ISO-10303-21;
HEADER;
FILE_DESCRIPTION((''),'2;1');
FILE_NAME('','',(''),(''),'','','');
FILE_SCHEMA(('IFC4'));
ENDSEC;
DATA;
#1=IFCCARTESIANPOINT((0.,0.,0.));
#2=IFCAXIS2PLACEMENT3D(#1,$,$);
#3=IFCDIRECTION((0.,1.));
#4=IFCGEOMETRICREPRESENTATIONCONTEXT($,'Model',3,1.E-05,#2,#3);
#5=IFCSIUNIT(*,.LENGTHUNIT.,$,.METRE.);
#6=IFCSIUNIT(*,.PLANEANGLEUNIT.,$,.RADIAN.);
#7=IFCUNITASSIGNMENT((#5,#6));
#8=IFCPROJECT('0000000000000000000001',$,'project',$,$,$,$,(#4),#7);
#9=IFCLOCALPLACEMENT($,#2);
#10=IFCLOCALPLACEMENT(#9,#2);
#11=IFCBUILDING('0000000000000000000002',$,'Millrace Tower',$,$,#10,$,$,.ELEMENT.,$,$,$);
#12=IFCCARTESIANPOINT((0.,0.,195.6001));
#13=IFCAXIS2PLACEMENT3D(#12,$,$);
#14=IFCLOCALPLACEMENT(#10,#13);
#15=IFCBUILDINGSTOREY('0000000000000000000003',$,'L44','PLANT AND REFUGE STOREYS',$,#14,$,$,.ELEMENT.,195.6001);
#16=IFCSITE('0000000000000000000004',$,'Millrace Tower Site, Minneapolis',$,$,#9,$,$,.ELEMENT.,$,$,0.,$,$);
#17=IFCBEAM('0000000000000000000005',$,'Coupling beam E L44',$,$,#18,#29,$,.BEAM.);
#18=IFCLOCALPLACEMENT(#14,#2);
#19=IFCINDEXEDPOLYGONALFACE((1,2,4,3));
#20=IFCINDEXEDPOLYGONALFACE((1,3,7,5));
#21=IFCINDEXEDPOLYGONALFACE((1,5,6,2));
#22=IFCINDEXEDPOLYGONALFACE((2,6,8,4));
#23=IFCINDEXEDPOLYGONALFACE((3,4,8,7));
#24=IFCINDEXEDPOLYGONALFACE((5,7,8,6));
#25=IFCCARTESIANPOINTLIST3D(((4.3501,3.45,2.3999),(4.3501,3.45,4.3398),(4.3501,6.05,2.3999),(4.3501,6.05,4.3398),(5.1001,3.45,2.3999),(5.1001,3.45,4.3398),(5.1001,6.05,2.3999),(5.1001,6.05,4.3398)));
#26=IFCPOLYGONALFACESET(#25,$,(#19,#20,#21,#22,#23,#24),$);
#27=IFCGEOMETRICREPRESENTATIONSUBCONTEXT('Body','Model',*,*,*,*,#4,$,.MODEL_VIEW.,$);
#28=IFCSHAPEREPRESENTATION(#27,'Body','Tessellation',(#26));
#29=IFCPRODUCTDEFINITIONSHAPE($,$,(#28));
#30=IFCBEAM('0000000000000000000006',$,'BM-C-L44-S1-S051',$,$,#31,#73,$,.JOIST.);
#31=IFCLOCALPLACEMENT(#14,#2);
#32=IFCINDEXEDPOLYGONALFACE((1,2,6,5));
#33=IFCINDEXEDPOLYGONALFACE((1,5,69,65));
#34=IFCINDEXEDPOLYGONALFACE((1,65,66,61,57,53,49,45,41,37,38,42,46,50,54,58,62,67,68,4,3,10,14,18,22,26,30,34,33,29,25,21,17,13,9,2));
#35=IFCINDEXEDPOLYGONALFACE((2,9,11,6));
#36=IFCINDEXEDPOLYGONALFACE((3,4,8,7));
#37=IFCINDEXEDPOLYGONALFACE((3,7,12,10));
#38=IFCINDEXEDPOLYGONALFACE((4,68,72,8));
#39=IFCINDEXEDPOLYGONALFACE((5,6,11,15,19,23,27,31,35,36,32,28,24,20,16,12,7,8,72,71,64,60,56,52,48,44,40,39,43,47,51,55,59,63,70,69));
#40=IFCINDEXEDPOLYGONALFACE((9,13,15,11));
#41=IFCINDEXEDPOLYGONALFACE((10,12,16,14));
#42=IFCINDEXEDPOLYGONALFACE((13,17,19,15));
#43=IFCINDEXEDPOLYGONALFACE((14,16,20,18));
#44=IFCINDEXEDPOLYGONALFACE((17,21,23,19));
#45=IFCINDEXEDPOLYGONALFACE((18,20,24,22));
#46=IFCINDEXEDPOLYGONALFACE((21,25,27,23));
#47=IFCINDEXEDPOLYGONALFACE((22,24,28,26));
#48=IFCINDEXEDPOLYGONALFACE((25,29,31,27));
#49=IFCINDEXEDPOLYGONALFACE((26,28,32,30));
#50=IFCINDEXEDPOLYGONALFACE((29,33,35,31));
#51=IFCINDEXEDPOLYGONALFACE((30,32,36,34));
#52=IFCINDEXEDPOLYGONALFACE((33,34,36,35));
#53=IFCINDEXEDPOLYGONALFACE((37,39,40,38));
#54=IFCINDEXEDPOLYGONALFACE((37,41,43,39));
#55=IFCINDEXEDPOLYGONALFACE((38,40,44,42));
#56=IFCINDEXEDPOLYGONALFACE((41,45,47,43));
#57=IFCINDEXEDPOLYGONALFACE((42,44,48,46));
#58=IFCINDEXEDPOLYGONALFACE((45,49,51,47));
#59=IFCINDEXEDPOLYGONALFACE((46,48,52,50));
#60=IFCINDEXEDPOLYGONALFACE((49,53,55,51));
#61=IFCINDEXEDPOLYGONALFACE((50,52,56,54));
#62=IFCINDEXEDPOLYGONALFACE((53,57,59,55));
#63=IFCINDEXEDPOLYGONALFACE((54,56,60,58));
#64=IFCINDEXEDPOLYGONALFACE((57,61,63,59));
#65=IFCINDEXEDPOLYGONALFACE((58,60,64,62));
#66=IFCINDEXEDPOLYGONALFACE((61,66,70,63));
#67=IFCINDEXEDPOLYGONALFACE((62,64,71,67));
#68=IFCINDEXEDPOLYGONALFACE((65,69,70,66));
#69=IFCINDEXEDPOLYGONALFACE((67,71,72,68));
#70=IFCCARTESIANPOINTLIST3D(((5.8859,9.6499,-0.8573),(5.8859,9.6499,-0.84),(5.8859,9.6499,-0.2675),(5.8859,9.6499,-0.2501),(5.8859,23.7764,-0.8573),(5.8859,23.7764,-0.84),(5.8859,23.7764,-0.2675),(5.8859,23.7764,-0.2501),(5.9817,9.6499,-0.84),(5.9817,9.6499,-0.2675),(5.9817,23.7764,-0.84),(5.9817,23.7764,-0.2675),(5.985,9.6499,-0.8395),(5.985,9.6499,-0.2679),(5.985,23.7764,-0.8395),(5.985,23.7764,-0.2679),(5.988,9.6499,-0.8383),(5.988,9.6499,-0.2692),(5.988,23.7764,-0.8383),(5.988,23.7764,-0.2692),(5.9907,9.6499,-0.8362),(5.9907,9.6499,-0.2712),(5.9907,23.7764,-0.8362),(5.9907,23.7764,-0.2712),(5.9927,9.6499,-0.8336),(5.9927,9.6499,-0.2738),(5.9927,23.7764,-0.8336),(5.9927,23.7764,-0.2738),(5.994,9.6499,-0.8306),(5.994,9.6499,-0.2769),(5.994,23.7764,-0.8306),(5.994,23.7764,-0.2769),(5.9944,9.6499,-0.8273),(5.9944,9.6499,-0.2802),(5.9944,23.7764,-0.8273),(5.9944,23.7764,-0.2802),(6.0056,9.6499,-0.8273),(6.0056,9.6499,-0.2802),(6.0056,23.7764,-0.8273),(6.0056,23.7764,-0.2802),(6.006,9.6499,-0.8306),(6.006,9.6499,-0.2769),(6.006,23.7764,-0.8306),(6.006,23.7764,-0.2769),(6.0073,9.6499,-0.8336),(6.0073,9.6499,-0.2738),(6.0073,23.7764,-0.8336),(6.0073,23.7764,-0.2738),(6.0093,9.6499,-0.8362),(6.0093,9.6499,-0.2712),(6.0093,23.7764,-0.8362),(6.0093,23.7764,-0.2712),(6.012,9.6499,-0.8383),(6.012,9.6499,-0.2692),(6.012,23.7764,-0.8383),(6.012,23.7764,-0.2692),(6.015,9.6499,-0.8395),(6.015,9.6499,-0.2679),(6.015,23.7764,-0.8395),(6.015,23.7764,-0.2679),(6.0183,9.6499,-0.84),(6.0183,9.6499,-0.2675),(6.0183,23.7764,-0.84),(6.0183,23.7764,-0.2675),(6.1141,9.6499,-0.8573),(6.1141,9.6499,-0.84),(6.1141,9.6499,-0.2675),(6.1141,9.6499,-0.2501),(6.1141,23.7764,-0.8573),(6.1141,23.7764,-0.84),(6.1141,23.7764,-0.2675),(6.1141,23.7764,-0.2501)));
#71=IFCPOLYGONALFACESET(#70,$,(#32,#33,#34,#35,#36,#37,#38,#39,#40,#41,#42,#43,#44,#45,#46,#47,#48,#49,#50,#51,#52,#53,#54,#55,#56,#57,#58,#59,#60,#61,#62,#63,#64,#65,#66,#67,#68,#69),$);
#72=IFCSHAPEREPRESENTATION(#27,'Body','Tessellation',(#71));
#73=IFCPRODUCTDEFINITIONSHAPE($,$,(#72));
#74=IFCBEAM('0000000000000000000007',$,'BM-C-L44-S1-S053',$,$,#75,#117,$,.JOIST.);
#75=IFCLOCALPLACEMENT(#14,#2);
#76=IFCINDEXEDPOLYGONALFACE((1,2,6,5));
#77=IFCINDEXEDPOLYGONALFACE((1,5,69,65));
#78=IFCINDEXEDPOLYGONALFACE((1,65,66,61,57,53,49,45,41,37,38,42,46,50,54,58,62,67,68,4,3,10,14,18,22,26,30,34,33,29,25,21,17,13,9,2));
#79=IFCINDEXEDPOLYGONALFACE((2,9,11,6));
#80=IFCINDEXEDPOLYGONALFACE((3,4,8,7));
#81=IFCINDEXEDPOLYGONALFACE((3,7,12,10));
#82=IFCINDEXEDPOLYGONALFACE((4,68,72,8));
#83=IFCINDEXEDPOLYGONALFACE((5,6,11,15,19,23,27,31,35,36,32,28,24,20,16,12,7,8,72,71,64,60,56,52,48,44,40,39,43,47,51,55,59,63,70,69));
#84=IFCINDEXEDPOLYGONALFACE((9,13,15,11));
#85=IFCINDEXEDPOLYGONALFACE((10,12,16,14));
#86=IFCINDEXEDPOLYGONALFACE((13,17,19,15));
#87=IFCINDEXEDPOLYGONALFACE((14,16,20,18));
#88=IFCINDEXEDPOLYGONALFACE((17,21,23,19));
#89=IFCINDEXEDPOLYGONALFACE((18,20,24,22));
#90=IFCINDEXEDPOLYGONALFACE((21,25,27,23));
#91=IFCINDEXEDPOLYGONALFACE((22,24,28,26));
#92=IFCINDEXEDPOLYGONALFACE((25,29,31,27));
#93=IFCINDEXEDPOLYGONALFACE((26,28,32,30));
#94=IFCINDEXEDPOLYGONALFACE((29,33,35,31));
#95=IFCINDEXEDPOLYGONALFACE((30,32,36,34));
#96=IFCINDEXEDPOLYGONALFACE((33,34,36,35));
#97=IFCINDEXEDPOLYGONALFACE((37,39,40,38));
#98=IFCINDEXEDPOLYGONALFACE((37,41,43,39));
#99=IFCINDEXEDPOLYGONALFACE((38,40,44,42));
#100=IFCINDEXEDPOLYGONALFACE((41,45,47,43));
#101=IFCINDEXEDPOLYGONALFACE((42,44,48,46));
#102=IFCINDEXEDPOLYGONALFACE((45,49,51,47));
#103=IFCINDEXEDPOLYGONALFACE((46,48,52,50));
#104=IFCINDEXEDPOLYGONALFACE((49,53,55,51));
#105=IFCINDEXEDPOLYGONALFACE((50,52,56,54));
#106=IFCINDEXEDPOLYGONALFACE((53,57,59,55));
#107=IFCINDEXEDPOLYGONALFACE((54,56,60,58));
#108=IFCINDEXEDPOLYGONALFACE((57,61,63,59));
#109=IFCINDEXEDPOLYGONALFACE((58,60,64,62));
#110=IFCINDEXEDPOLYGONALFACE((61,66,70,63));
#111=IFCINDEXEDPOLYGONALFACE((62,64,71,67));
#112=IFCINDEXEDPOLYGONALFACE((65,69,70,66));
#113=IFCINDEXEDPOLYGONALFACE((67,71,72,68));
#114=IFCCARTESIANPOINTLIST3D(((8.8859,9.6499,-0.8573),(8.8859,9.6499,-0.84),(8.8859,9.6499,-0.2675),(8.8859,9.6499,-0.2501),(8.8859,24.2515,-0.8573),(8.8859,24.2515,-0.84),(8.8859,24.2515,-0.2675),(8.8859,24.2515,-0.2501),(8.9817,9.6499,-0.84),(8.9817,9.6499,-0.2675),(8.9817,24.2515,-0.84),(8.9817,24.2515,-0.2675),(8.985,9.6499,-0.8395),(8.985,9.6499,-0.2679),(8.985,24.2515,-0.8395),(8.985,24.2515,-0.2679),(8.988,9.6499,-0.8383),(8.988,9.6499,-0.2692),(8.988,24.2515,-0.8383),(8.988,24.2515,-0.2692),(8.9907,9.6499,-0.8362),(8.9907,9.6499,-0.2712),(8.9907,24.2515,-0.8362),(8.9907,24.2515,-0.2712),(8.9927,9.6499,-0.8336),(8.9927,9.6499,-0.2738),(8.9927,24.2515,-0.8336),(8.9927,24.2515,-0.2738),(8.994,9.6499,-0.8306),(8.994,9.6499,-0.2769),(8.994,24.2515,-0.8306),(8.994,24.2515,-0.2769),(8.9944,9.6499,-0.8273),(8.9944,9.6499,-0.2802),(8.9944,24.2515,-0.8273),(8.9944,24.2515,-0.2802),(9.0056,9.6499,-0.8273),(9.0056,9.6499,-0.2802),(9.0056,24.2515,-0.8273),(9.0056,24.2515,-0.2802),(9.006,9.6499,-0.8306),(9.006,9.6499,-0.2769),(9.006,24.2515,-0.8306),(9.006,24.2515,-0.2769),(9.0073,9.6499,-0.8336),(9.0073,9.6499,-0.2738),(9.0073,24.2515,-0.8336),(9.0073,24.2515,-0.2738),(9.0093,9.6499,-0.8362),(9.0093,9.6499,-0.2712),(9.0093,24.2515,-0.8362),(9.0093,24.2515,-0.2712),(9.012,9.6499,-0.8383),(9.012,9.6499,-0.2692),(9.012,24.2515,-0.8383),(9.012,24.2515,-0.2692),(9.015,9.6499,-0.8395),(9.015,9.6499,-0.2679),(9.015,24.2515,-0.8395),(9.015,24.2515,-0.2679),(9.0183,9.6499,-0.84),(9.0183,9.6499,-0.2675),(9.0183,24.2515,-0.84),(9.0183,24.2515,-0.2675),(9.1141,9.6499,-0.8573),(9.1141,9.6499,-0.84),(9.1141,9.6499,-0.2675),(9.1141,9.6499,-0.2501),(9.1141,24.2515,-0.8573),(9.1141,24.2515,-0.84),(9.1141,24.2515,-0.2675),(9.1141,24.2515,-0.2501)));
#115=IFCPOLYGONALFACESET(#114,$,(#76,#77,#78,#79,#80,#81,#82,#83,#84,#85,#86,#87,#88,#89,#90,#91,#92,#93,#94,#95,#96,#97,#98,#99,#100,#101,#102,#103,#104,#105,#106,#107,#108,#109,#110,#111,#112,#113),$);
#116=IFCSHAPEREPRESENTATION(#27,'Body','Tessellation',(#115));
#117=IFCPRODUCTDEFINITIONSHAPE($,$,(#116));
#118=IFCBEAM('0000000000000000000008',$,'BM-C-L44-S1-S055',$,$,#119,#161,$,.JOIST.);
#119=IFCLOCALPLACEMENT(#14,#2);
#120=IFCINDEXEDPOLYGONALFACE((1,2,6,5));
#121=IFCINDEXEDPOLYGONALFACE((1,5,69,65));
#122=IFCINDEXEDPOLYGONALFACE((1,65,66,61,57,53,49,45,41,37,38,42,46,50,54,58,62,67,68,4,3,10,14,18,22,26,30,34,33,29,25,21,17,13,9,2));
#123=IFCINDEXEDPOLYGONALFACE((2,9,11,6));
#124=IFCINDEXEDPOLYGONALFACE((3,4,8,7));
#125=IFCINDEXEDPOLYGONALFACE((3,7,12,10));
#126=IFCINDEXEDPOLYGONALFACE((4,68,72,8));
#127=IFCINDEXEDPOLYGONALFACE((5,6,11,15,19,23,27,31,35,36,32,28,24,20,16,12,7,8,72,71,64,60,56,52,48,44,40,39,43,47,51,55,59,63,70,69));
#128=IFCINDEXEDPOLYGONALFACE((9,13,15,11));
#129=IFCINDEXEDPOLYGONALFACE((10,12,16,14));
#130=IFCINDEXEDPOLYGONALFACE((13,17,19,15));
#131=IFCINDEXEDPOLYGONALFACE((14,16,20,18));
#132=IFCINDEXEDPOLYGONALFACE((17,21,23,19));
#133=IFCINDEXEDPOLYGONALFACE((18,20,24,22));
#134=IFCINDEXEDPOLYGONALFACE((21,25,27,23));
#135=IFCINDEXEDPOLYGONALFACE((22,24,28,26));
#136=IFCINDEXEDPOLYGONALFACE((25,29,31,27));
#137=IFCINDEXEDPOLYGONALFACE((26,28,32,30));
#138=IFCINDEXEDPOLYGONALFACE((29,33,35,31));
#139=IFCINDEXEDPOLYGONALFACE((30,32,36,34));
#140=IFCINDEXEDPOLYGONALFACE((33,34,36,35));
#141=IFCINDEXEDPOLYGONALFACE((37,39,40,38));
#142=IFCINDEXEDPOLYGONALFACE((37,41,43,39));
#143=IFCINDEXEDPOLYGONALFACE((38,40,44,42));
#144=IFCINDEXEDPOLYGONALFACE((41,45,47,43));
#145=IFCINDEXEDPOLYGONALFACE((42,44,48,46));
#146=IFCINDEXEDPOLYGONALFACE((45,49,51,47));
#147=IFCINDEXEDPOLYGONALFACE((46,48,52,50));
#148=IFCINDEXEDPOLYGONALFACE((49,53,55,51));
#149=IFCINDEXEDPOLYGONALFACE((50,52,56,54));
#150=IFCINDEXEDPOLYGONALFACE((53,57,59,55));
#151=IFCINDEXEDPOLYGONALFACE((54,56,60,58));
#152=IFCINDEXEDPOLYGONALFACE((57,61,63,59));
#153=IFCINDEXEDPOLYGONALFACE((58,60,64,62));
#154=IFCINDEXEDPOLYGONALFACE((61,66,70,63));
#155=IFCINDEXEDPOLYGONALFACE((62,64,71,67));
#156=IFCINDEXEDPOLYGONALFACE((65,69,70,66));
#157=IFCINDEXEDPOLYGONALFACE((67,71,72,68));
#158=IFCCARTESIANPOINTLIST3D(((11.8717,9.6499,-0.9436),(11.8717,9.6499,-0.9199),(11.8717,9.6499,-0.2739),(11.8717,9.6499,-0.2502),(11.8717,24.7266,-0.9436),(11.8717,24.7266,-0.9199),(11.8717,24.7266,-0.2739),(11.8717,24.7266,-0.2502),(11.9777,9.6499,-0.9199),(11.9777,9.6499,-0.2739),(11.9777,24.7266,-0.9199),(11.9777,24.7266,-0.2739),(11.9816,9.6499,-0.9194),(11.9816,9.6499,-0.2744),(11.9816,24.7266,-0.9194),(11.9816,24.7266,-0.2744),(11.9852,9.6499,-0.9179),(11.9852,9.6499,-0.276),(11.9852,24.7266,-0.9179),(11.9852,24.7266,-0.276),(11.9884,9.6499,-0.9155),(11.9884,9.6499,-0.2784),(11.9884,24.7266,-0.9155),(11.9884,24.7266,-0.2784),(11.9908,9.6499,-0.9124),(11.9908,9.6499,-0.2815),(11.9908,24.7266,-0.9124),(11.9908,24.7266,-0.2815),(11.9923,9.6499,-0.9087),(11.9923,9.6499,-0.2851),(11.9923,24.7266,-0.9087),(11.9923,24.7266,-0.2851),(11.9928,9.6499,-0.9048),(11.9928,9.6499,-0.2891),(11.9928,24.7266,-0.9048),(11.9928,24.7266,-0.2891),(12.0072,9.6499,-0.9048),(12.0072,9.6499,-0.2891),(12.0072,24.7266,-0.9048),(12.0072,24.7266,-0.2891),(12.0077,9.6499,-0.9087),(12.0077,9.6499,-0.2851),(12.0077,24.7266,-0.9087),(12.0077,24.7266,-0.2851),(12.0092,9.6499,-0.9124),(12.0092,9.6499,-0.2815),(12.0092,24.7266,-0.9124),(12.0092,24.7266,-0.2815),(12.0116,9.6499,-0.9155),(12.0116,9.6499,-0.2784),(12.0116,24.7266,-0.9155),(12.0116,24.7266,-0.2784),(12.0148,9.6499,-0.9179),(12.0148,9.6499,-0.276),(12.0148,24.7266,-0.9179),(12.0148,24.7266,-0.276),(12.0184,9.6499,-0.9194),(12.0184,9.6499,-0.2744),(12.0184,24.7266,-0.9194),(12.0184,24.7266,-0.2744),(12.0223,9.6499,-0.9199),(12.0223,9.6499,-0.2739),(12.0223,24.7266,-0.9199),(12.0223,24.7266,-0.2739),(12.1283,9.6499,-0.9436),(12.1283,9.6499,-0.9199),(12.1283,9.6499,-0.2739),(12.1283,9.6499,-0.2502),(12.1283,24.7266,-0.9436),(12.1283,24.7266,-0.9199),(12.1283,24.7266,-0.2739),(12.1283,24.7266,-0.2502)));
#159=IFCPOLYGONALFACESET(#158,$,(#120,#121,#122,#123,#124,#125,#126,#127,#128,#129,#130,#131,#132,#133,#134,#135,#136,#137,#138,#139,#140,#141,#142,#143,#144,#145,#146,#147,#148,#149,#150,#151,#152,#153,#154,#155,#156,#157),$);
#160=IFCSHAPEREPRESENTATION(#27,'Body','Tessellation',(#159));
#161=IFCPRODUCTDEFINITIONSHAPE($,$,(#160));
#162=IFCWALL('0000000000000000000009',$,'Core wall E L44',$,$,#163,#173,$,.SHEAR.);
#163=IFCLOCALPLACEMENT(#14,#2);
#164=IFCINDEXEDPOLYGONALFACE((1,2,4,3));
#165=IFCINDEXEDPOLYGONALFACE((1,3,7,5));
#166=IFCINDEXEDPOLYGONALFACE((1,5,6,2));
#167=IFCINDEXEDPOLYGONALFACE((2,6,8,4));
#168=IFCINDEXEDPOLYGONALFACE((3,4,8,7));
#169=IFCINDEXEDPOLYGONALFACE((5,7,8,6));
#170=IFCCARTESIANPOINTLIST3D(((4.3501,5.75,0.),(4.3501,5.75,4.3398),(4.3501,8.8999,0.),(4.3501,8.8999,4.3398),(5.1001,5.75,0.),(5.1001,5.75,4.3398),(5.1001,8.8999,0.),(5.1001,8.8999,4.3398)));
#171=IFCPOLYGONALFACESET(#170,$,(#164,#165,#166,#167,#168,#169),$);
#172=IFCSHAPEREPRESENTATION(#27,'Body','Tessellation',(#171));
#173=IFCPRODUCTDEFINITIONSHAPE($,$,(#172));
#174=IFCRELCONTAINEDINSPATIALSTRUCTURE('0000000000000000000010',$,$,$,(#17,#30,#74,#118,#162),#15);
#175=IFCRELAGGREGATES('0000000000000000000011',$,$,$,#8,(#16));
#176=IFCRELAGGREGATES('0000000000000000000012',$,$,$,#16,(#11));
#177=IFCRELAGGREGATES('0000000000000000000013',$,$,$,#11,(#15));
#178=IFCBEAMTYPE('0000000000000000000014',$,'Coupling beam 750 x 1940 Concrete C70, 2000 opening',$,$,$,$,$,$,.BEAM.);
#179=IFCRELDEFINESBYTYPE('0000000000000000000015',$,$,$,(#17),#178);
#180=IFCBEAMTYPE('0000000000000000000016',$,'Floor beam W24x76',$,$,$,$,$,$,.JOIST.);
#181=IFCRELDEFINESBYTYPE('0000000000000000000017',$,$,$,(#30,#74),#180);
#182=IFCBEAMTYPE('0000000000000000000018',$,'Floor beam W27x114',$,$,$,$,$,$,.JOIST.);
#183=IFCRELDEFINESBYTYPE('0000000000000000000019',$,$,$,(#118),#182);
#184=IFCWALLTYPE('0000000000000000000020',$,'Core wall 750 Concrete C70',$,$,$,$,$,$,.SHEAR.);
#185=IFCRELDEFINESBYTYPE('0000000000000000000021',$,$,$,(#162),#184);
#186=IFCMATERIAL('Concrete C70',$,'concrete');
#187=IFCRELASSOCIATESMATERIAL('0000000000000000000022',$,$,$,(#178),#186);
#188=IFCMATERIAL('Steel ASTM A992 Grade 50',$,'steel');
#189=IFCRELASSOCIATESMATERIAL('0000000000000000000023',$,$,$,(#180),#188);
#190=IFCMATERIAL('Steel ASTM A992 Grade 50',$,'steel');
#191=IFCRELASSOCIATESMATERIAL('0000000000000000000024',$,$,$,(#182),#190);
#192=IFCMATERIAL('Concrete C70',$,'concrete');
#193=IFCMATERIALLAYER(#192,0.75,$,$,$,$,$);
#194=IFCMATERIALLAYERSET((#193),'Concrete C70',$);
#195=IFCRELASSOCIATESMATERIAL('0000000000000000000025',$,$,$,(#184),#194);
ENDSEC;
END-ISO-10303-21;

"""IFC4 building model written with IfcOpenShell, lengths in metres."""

from ifc_helpers import new_model, si_unit, direction, frame, frame_2d, origin, origin_2d, place, context, subcontext, project, spatial, rectangle, i_section, extrude, material, layer, layer_set, material_profile, profile_set, type_object, element, save


model = new_model("IFC4")

# Units and contexts
model_context = context("Model", 3, precision=1e-05, world=origin(), true_north=direction((0.0, 1.0)))
body_context = subcontext(model_context, "Body", "Model", "MODEL_VIEW")
ifc_project = project(units=[si_unit("LENGTHUNIT", "METRE"), si_unit("PLANEANGLEUNIT", "RADIAN")], contexts=[model_context])

# Site, building, storey
site_placement = place(None, origin())
site = spatial("IfcSite", under=ifc_project, at=site_placement, Name="Millrace Tower Site, Minneapolis", CompositionType="ELEMENT", RefElevation=0.0)
building_placement = place(site_placement, origin())
building = spatial("IfcBuilding", under=site, at=building_placement, Name="Millrace Tower", CompositionType="ELEMENT")
storey_placement = place(building_placement, frame((0.0, 0.0, 195.6001)))
storey = spatial("IfcBuildingStorey", under=building, at=storey_placement, Name="L44", Description="PLANT AND REFUGE STOREYS", CompositionType="ELEMENT", Elevation=195.6001)

# Beams
ifc_material_1 = material(Name="Concrete C70", Category="concrete")
ifc_material_profile_1 = material_profile(ifc_material_1, rectangle(XDim=0.75, YDim=1.9399, at=origin_2d()))
ifc_profile_set_1 = profile_set([ifc_material_profile_1], Name="Concrete C70")
beam_type_1 = type_object("IfcBeamType", Name="Coupling beam 750 x 1940 Concrete C70, 2000 opening", PredefinedType="BEAM", material=ifc_profile_set_1)
beam_1_placement = place(storey_placement, frame((4.7251, 6.05, 3.3699), z_axis=(0.0, -1.0, 0.0), x_axis=(1.0, 0.0, 0.0)))
element("IfcBeam", 1, at=beam_1_placement, inside=storey, type_object=beam_type_1, Name="Coupling beam E L44", PredefinedType="BEAM", context=body_context, shape_type="SweptSolid", body=[
    extrude(rectangle(XDim=0.75, YDim=1.9399, at=origin_2d()), origin(), (0.0, 0.0, 1.0), 2.6001),
])
ifc_material_2 = material(Name="Steel ASTM A992 Grade 50", Category="steel")
ifc_material_profile_2 = material_profile(ifc_material_2, i_section(OverallWidth=0.2283, OverallDepth=0.6072, WebThickness=0.0112, FlangeThickness=0.0173, FilletRadius=0.0127, at=origin_2d()))
ifc_profile_set_2 = profile_set([ifc_material_profile_2], Name="Steel ASTM A992 Grade 50")
beam_type_2 = type_object("IfcBeamType", Name="Floor beam W24x76", PredefinedType="JOIST", material=ifc_profile_set_2)
beam_2_placement = place(storey_placement, frame((6.0, 9.6499, -0.5537), z_axis=(0.0, 1.0, 0.0), x_axis=(-1.0, 0.0, 0.0)))
element("IfcBeam", 2, at=beam_2_placement, inside=storey, type_object=beam_type_2, Name="BM-C-L44-S1-S051", PredefinedType="JOIST", context=body_context, shape_type="SweptSolid", body=[
    extrude(i_section(OverallWidth=0.2283, OverallDepth=0.6072, WebThickness=0.0112, FlangeThickness=0.0173, FilletRadius=0.0127, at=origin_2d()), origin(), (0.0, 0.0, 1.0), 14.1265),
])
beam_3_placement = place(storey_placement, frame((9.0, 9.6499, -0.5537), z_axis=(0.0, 1.0, 0.0), x_axis=(-1.0, 0.0, 0.0)))
element("IfcBeam", 3, at=beam_3_placement, inside=storey, type_object=beam_type_2, Name="BM-C-L44-S1-S053", PredefinedType="JOIST", context=body_context, shape_type="SweptSolid", body=[
    extrude(i_section(OverallWidth=0.2283, OverallDepth=0.6072, WebThickness=0.0112, FlangeThickness=0.0173, FilletRadius=0.0127, at=origin_2d()), origin(), (0.0, 0.0, 1.0), 14.6016),
])
ifc_material_3 = material(Name="Steel ASTM A992 Grade 50", Category="steel")
ifc_material_profile_3 = material_profile(ifc_material_3, i_section(OverallWidth=0.2566, OverallDepth=0.6934, WebThickness=0.0144, FlangeThickness=0.0237, FilletRadius=0.0151, at=origin_2d()))
ifc_profile_set_3 = profile_set([ifc_material_profile_3], Name="Steel ASTM A992 Grade 50")
beam_type_3 = type_object("IfcBeamType", Name="Floor beam W27x114", PredefinedType="JOIST", material=ifc_profile_set_3)
beam_4_placement = place(storey_placement, frame((12.0, 9.6499, -0.5969), z_axis=(0.0, 1.0, 0.0), x_axis=(-1.0, 0.0, 0.0)))
element("IfcBeam", 4, at=beam_4_placement, inside=storey, type_object=beam_type_3, Name="BM-C-L44-S1-S055", PredefinedType="JOIST", context=body_context, shape_type="SweptSolid", body=[
    extrude(i_section(OverallWidth=0.2566, OverallDepth=0.6934, WebThickness=0.0144, FlangeThickness=0.0237, FilletRadius=0.0151, at=origin_2d()), origin(), (0.0, 0.0, 1.0), 15.0767),
])

# Wall
ifc_material_4 = material(Name="Concrete C70", Category="concrete")
ifc_layer_1 = layer(ifc_material_4, 0.75)
ifc_layer_set_1 = layer_set([ifc_layer_1], Name="Concrete C70")
wall_type_1 = type_object("IfcWallType", Name="Core wall 750 Concrete C70", PredefinedType="SHEAR", material=ifc_layer_set_1)
wall_1_placement = place(storey_placement, frame((4.7251, 8.8999, 0.0), z_axis=(0.0, 0.0, 1.0), x_axis=(0.0, -1.0, 0.0)))
element("IfcWall", 5, at=wall_1_placement, inside=storey, type_object=wall_type_1, Name="Core wall E L44", PredefinedType="SHEAR", context=body_context, shape_type="SweptSolid", body=[
    extrude(rectangle(XDim=3.1499, YDim=0.75, at=frame_2d((1.575, 0.0))), origin(), (0.0, 0.0, 1.0), 4.3398),
])

save(model, "model.ifc")
